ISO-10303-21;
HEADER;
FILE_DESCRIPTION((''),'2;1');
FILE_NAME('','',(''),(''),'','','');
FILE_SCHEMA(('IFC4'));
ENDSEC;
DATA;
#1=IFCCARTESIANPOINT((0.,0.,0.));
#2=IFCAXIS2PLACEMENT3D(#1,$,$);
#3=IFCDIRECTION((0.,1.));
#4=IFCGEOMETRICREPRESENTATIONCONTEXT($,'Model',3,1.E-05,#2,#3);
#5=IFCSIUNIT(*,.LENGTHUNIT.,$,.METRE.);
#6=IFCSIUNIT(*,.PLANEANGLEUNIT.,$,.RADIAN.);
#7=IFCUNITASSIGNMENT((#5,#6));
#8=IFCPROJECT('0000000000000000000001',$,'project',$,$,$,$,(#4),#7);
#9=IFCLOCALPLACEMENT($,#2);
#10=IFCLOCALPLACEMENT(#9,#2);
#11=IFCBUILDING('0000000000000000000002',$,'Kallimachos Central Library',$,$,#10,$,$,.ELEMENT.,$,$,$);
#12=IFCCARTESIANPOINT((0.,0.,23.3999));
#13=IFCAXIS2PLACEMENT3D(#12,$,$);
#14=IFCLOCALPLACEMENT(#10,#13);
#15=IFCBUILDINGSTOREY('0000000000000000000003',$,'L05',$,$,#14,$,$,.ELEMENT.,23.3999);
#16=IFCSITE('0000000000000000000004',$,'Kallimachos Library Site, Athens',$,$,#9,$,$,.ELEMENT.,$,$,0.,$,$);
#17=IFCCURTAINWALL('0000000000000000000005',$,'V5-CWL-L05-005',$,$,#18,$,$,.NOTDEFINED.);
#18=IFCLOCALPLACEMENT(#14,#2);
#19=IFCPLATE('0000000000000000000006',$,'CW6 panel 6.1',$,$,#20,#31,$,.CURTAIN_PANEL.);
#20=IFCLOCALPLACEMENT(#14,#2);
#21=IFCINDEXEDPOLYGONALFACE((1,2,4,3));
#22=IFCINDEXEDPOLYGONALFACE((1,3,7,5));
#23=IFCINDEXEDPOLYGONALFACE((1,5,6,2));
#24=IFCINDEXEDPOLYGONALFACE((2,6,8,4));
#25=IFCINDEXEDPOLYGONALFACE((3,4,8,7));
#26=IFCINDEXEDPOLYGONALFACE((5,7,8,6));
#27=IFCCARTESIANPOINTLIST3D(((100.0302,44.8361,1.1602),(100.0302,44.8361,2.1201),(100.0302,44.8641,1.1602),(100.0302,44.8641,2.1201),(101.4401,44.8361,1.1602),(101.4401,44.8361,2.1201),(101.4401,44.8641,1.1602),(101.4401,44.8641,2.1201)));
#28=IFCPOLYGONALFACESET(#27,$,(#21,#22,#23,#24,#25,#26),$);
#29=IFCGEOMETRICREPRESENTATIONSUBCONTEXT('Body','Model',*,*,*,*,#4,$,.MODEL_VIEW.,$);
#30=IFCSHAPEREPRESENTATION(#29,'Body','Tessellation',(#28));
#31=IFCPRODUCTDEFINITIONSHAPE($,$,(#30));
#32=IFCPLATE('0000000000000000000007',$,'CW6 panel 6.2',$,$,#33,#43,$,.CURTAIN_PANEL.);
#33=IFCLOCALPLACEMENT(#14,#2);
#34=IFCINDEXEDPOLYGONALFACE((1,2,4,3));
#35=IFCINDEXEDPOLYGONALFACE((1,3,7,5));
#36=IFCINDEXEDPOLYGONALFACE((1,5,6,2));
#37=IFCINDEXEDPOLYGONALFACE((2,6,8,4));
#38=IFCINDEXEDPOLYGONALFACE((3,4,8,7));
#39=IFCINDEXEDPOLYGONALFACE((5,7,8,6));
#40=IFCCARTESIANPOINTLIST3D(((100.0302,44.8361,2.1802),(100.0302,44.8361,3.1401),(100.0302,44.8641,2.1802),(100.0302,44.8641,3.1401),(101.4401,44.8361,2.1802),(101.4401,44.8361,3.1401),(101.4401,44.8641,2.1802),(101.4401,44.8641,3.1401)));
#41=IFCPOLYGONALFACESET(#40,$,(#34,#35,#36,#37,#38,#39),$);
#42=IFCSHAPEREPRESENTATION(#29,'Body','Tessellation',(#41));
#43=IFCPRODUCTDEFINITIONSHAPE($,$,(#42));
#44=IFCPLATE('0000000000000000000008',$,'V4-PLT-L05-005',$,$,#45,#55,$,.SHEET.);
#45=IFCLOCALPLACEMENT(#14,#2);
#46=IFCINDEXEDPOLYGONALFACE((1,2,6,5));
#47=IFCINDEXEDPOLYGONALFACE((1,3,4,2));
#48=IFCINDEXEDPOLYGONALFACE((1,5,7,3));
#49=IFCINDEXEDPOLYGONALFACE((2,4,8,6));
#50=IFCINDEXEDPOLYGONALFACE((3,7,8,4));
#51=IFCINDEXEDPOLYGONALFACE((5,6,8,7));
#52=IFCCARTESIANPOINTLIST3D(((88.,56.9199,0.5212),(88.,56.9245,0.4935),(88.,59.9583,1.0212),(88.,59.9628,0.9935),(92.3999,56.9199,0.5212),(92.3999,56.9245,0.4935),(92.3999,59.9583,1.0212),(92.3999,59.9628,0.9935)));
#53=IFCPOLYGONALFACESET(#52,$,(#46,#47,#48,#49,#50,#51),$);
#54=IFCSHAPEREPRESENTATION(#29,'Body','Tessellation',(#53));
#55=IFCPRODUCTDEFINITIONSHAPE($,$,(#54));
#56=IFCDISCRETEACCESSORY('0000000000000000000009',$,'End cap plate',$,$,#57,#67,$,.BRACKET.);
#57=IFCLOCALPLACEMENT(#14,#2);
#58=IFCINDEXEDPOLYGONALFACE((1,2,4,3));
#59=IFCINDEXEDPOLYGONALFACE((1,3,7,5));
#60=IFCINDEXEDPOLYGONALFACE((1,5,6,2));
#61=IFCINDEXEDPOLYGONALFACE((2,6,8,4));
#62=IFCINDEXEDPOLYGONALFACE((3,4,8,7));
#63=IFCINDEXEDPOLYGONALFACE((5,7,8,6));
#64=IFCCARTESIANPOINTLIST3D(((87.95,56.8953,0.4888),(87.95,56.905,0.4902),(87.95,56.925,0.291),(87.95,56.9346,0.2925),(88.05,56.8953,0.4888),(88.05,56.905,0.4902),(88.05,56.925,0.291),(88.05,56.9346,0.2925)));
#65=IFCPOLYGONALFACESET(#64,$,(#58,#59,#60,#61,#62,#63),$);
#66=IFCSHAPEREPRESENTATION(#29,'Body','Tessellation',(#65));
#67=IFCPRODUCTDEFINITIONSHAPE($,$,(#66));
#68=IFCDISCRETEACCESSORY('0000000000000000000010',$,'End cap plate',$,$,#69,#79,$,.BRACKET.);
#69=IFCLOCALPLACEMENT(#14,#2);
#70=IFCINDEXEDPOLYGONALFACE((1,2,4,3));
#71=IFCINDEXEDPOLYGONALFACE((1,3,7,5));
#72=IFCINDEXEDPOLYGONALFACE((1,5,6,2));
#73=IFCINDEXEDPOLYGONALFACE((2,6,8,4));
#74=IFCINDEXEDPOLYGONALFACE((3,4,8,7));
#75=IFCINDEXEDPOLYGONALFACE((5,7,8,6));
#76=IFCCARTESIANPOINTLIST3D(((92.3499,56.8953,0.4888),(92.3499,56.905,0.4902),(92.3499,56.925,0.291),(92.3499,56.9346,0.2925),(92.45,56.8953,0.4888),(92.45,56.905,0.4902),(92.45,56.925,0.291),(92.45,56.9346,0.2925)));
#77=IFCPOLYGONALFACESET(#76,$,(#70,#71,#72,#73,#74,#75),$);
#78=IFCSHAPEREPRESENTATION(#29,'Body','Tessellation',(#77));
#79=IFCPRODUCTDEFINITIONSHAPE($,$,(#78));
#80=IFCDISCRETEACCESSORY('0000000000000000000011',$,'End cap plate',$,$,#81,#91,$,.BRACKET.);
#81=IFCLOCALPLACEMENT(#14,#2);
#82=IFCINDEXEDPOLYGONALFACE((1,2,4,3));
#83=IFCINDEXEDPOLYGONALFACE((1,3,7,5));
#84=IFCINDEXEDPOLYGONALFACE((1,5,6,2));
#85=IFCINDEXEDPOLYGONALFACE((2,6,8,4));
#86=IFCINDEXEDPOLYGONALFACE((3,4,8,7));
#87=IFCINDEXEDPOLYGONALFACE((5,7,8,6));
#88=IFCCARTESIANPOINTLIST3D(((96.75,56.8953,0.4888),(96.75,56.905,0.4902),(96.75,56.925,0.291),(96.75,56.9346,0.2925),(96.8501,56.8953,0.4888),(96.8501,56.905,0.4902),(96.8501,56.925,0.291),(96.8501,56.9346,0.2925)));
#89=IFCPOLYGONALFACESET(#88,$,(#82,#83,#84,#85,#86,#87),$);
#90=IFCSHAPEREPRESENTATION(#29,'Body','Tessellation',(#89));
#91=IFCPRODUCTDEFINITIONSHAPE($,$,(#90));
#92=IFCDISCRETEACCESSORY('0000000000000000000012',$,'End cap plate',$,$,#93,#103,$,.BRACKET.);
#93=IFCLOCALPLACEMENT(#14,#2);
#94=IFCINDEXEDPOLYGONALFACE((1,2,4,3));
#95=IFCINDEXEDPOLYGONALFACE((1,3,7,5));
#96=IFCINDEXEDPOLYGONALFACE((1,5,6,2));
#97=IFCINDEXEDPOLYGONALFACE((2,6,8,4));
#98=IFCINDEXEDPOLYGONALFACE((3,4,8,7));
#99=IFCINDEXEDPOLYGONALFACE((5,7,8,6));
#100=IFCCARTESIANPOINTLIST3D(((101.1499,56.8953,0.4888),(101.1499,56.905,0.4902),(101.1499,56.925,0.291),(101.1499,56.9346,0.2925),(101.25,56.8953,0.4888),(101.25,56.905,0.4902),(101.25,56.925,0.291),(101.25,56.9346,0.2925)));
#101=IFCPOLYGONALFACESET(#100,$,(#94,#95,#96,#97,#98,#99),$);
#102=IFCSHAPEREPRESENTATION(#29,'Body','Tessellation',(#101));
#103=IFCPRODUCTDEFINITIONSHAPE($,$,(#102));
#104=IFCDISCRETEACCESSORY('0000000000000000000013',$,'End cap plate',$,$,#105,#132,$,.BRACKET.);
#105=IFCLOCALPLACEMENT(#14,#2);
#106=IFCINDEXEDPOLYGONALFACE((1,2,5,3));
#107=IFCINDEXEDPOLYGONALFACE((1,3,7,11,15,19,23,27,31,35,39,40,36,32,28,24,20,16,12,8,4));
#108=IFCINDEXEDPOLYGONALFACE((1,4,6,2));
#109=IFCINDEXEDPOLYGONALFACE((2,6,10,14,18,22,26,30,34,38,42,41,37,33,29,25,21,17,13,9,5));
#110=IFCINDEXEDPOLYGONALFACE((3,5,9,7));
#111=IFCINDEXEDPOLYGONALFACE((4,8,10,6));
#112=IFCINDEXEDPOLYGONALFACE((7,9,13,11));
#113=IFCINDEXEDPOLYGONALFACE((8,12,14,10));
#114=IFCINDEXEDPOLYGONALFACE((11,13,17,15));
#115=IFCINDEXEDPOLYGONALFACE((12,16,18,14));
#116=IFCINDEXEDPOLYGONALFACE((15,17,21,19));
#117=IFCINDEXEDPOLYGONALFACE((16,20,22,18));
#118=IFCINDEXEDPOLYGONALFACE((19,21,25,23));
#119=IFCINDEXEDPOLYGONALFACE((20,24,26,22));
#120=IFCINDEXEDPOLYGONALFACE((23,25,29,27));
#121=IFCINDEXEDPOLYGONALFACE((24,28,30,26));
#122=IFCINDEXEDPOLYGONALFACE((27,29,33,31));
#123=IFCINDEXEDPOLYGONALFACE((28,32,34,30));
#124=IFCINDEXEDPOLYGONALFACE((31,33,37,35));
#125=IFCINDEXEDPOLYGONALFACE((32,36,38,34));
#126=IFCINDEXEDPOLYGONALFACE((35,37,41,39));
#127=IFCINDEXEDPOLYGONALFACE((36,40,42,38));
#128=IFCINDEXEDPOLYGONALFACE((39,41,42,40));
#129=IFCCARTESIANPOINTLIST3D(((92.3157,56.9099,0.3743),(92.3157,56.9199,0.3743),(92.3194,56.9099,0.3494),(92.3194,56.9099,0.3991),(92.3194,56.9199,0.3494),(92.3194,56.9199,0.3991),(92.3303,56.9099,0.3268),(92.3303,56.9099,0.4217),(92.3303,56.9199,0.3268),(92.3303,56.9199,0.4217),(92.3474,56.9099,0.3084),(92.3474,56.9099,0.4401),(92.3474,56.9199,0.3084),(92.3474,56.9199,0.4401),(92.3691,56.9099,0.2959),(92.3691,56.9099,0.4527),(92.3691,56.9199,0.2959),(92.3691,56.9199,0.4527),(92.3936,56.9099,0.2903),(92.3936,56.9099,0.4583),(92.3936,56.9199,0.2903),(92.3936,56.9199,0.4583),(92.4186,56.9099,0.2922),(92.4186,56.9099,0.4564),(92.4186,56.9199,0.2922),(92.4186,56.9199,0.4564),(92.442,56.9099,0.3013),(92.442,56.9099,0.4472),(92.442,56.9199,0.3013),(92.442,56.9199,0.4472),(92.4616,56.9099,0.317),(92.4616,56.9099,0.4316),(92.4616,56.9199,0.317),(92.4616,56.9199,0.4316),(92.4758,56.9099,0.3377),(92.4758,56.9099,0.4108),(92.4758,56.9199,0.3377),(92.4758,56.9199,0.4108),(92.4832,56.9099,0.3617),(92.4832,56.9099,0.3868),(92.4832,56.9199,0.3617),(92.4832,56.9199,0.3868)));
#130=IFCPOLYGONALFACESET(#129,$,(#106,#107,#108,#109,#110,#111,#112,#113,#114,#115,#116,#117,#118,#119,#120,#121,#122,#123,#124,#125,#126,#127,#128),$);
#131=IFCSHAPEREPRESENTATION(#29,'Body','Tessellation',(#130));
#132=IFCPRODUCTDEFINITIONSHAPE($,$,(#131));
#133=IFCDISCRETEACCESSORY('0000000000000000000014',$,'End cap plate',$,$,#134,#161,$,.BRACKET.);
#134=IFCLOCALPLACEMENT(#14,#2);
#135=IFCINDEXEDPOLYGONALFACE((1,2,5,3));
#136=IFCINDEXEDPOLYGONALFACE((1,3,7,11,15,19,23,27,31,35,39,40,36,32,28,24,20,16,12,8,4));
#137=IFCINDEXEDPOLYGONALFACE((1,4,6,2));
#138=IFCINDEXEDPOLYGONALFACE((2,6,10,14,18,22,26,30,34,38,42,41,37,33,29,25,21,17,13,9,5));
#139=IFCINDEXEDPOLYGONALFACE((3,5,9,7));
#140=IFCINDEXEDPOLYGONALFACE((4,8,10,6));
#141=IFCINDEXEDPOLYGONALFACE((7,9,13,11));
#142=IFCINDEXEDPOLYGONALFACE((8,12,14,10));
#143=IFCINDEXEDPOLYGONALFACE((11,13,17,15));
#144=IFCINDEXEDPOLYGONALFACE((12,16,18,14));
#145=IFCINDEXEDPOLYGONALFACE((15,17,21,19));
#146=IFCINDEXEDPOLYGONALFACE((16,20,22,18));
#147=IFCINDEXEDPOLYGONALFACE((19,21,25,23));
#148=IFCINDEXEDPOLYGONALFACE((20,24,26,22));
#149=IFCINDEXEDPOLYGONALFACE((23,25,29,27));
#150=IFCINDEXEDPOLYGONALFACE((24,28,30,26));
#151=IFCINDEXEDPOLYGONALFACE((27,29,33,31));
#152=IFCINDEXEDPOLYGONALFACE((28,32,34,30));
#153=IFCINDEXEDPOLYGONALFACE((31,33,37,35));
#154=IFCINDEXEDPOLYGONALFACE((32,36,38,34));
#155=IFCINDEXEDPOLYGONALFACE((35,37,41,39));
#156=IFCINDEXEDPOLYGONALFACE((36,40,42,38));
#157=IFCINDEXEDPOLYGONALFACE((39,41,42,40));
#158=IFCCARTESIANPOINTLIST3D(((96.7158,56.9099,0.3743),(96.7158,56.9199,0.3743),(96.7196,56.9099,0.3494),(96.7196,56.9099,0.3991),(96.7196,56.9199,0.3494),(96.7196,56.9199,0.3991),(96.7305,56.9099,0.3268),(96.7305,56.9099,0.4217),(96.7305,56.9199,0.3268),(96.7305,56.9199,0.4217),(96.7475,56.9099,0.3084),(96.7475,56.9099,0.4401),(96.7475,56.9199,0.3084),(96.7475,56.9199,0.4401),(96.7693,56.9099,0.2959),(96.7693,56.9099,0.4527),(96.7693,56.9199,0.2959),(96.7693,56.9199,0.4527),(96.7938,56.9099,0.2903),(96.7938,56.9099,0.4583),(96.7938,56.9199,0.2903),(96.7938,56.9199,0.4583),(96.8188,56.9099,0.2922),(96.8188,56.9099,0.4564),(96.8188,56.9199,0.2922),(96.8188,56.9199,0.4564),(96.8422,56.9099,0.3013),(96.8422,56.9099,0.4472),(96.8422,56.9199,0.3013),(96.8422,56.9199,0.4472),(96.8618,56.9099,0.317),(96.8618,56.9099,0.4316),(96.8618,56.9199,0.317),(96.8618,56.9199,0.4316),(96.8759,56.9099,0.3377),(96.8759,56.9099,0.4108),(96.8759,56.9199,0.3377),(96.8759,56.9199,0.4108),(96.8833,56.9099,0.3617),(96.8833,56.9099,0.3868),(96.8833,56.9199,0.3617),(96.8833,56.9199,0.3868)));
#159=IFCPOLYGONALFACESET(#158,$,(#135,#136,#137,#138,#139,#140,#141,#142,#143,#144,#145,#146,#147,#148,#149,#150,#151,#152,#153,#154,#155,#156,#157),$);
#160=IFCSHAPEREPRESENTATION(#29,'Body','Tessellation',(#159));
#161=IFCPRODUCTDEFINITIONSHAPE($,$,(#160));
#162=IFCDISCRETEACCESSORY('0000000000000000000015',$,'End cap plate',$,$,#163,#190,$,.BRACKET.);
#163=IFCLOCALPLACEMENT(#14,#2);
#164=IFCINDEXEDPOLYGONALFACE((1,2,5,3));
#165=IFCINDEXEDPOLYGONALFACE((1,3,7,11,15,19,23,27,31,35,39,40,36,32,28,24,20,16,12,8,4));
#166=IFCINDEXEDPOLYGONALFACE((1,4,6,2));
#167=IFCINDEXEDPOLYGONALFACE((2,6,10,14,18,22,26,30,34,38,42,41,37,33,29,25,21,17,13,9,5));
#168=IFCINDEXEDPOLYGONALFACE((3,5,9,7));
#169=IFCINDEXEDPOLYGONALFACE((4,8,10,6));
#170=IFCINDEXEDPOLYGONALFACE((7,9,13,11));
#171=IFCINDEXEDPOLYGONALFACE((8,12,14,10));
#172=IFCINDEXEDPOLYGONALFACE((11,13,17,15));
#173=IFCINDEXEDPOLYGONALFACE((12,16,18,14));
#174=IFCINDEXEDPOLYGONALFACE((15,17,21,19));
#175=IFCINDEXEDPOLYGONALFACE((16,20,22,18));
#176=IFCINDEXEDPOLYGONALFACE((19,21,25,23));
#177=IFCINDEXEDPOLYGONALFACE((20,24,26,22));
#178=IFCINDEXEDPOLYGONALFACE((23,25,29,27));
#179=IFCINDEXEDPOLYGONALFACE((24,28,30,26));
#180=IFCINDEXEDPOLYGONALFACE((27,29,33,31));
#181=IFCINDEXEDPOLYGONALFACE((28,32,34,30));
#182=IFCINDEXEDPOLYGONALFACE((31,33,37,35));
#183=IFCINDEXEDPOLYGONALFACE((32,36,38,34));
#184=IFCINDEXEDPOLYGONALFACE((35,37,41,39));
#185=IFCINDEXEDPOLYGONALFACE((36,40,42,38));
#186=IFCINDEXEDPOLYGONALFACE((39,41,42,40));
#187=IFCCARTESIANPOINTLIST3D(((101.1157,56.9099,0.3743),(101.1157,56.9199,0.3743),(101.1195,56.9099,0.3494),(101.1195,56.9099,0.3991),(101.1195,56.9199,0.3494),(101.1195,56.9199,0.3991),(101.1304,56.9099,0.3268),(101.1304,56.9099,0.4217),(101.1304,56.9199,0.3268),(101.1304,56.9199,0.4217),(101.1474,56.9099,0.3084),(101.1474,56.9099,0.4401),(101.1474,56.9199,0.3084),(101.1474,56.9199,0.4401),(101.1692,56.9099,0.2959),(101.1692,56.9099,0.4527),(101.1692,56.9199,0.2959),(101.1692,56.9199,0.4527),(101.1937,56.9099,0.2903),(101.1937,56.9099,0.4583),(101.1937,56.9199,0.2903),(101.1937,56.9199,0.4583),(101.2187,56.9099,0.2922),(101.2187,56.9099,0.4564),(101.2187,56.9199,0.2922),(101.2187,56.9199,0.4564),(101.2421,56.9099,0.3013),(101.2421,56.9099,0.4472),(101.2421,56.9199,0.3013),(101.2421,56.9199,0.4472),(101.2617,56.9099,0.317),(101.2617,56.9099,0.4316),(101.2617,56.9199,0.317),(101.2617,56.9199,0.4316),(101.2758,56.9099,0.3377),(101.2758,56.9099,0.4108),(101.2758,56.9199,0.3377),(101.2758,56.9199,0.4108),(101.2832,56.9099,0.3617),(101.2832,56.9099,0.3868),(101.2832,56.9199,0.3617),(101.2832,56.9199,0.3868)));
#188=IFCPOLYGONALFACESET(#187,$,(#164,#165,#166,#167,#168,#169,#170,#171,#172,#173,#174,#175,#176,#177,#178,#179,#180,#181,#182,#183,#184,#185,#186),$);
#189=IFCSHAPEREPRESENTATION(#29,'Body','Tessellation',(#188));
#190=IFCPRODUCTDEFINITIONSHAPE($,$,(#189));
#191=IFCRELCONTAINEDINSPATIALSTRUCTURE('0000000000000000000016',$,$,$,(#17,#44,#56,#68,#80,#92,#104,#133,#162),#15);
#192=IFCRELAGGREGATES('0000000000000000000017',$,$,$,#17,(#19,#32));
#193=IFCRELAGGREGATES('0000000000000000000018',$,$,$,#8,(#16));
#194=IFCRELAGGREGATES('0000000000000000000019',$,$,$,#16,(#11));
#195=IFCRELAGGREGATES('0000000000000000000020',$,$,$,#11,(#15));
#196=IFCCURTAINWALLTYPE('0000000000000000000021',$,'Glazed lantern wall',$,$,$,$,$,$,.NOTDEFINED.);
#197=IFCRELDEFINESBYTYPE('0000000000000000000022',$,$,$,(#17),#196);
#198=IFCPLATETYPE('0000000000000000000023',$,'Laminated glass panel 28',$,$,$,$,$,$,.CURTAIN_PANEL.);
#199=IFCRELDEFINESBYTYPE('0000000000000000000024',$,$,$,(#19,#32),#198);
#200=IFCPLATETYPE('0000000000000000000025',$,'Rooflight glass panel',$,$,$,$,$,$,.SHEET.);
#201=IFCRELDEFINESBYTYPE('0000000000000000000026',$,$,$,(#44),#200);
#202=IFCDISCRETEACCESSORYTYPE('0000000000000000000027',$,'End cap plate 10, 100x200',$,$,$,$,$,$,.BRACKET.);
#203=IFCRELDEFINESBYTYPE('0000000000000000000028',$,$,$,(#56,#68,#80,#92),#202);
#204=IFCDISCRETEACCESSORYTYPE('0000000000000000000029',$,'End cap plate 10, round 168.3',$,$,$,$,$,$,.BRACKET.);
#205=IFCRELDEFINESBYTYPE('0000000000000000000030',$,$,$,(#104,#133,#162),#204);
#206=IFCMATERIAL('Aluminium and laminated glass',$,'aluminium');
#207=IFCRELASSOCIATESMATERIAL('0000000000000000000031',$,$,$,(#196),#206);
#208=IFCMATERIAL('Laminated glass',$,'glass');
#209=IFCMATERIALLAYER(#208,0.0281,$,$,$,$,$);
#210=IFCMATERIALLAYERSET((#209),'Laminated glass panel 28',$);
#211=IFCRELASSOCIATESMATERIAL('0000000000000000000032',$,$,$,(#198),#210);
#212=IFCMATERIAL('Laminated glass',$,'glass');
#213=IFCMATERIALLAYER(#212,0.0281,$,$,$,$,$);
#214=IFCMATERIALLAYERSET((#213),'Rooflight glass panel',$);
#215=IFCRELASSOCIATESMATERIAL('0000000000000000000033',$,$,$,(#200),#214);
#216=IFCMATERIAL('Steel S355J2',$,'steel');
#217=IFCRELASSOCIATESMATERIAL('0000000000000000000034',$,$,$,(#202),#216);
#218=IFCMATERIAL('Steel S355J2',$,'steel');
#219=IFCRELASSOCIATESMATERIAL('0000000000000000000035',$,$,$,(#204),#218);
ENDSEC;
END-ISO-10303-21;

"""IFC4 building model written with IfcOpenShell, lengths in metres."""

from ifc_helpers import new_model, si_unit, direction, frame, origin, origin_2d, place, context, subcontext, project, spatial, polyline, rectangle, circle, outline, extrude, material, layer, layer_set, material_profile, profile_set, type_object, element, aggregate, save


model = new_model("IFC4")

# Units and contexts
model_context = context("Model", 3, precision=1e-05, world=origin(), true_north=direction((0.0, 1.0)))
body_context = subcontext(model_context, "Body", "Model", "MODEL_VIEW")
ifc_project = project(units=[si_unit("LENGTHUNIT", "METRE"), si_unit("PLANEANGLEUNIT", "RADIAN")], contexts=[model_context])

# Site, building, storey
site_placement = place(None, origin())
site = spatial("IfcSite", under=ifc_project, at=site_placement, Name="Kallimachos Library Site, Athens", CompositionType="ELEMENT", RefElevation=0.0)
building_placement = place(site_placement, origin())
building = spatial("IfcBuilding", under=site, at=building_placement, Name="Kallimachos Central Library", CompositionType="ELEMENT")
storey_placement = place(building_placement, frame((0.0, 0.0, 23.3999)))
storey = spatial("IfcBuildingStorey", under=building, at=storey_placement, Name="L05", CompositionType="ELEMENT", Elevation=23.3999)

# Curtain wall
ifc_material_1 = material(Name="Aluminium and laminated glass", Category="aluminium")
curtain_wall_type = type_object("IfcCurtainWallType", Name="Glazed lantern wall", PredefinedType="NOTDEFINED", material=ifc_material_1)
curtain_wall_placement = place(storey_placement, origin())
curtain_wall = element("IfcCurtainWall", 1, at=curtain_wall_placement, inside=storey, type_object=curtain_wall_type, Name="V5-CWL-L05-005", PredefinedType="NOTDEFINED")

# Plates
ifc_material_2 = material(Name="Laminated glass", Category="glass")
ifc_layer_1 = layer(ifc_material_2, 0.0281)
ifc_layer_set_1 = layer_set([ifc_layer_1], Name="Laminated glass panel 28")
plate_type_1 = type_object("IfcPlateType", Name="Laminated glass panel 28", PredefinedType="CURTAIN_PANEL", material=ifc_layer_set_1)
plate_1_placement = place(storey_placement, frame((100.7351, 44.8501, 1.1602), z_axis=(0.0, 0.0, 1.0), x_axis=(1.0, 0.0, 0.0)))
plate_1 = element("IfcPlate", 2, at=plate_1_placement, type_object=plate_type_1, Name="CW6 panel 6.1", PredefinedType="CURTAIN_PANEL", context=body_context, shape_type="SweptSolid", body=[
    extrude(rectangle(XDim=1.4099, YDim=0.0281, at=origin_2d()), origin(), (0.0, 0.0, 1.0), 0.96),
])
plate_2_placement = place(storey_placement, frame((100.7351, 44.8501, 2.1802), z_axis=(0.0, 0.0, 1.0), x_axis=(1.0, 0.0, 0.0)))
plate_2 = element("IfcPlate", 3, at=plate_2_placement, type_object=plate_type_1, Name="CW6 panel 6.2", PredefinedType="CURTAIN_PANEL", context=body_context, shape_type="SweptSolid", body=[
    extrude(rectangle(XDim=1.4099, YDim=0.0281, at=origin_2d()), origin(), (0.0, 0.0, 1.0), 0.96),
])
aggregate(curtain_wall, [plate_1, plate_2])
ifc_material_3 = material(Name="Laminated glass", Category="glass")
ifc_layer_2 = layer(ifc_material_3, 0.0281)
ifc_layer_set_2 = layer_set([ifc_layer_2], Name="Rooflight glass panel")
plate_type_2 = type_object("IfcPlateType", Name="Rooflight glass panel", PredefinedType="SHEET", material=ifc_layer_set_2)
plate_3_placement = place(storey_placement, frame((88.0, 56.9199, 0.5212), z_axis=(0.0, -0.16238, 0.986728), x_axis=(1.0, 0.0, 0.0)))
element("IfcPlate", 4, at=plate_3_placement, inside=storey, type_object=plate_type_2, Name="V4-PLT-L05-005", PredefinedType="SHEET", context=body_context, shape_type="SweptSolid", body=[
    extrude(outline(polyline([(0.0, 0.0), (4.3999, 0.0), (4.3999, 3.0792), (0.0, 3.0792), (0.0, 0.0)])), origin(), (0.0, 0.0, -1.0), 0.0281),
])

# Discrete accessories
ifc_material_4 = material(Name="Steel S355J2", Category="steel")
ifc_material_profile_1 = material_profile(ifc_material_4, rectangle(XDim=0.1001, YDim=0.2, at=origin_2d()), Name="End cap plate 10, 100x200")
ifc_profile_set_1 = profile_set([ifc_material_profile_1], Name="Steel S355J2")
discrete_accessory_type_1 = type_object("IfcDiscreteAccessoryType", Name="End cap plate 10, 100x200", PredefinedType="BRACKET", material=ifc_profile_set_1)
for number, where, z_axis, x_axis, name in (
    (5, (88.0, 56.9102, 0.3899), (0.0, 0.988936, 0.14834), (-1.0, 0.0, 0.0), "End cap plate"),
    (6, (92.3999, 56.9102, 0.3899), (0.0, 0.988936, 0.14834), (-1.0, 0.0, 0.0), "End cap plate"),
    (7, (96.8, 56.9102, 0.3899), (0.0, 0.988936, 0.14834), (-1.0, 0.0, 0.0), "End cap plate"),
    (8, (101.2, 56.9102, 0.3899), (0.0, 0.988936, 0.14834), (-1.0, 0.0, 0.0), "End cap plate"),
):
    element("IfcDiscreteAccessory", number, at=place(storey_placement, frame(where, z_axis=z_axis, x_axis=x_axis)), inside=storey, type_object=discrete_accessory_type_1, Name=name, PredefinedType="BRACKET", context=body_context, shape_type="SweptSolid", body=[
        extrude(rectangle(XDim=0.1001, YDim=0.2, at=origin_2d()), origin(), (0.0, 0.0, 1.0), 0.0098),
    ])
ifc_material_5 = material(Name="Steel S355J2", Category="steel")
ifc_material_profile_2 = material_profile(ifc_material_5, circle(Radius=0.0842, at=origin_2d()), Name="End cap plate 10, round 168.3")
ifc_profile_set_2 = profile_set([ifc_material_profile_2], Name="Steel S355J2")
discrete_accessory_type_2 = type_object("IfcDiscreteAccessoryType", Name="End cap plate 10, round 168.3", PredefinedType="BRACKET", material=ifc_profile_set_2)
for number, where, z_axis, x_axis, name in (
    (9, (92.3999, 56.9099, 0.3743), (0.0, 1.0, 0.0), (-1.0, 0.0, 0.0), "End cap plate"),
    (10, (96.8, 56.9099, 0.3743), (0.0, 1.0, 0.0), (-1.0, 0.0, 0.0), "End cap plate"),
    (11, (101.2, 56.9099, 0.3743), (0.0, 1.0, 0.0), (-1.0, 0.0, 0.0), "End cap plate"),
):
    element("IfcDiscreteAccessory", number, at=place(storey_placement, frame(where, z_axis=z_axis, x_axis=x_axis)), inside=storey, type_object=discrete_accessory_type_2, Name=name, PredefinedType="BRACKET", context=body_context, shape_type="SweptSolid", body=[
        extrude(circle(Radius=0.0842, at=origin_2d()), origin(), (0.0, 0.0, 1.0), 0.01),
    ])

save(model, "model.ifc")
